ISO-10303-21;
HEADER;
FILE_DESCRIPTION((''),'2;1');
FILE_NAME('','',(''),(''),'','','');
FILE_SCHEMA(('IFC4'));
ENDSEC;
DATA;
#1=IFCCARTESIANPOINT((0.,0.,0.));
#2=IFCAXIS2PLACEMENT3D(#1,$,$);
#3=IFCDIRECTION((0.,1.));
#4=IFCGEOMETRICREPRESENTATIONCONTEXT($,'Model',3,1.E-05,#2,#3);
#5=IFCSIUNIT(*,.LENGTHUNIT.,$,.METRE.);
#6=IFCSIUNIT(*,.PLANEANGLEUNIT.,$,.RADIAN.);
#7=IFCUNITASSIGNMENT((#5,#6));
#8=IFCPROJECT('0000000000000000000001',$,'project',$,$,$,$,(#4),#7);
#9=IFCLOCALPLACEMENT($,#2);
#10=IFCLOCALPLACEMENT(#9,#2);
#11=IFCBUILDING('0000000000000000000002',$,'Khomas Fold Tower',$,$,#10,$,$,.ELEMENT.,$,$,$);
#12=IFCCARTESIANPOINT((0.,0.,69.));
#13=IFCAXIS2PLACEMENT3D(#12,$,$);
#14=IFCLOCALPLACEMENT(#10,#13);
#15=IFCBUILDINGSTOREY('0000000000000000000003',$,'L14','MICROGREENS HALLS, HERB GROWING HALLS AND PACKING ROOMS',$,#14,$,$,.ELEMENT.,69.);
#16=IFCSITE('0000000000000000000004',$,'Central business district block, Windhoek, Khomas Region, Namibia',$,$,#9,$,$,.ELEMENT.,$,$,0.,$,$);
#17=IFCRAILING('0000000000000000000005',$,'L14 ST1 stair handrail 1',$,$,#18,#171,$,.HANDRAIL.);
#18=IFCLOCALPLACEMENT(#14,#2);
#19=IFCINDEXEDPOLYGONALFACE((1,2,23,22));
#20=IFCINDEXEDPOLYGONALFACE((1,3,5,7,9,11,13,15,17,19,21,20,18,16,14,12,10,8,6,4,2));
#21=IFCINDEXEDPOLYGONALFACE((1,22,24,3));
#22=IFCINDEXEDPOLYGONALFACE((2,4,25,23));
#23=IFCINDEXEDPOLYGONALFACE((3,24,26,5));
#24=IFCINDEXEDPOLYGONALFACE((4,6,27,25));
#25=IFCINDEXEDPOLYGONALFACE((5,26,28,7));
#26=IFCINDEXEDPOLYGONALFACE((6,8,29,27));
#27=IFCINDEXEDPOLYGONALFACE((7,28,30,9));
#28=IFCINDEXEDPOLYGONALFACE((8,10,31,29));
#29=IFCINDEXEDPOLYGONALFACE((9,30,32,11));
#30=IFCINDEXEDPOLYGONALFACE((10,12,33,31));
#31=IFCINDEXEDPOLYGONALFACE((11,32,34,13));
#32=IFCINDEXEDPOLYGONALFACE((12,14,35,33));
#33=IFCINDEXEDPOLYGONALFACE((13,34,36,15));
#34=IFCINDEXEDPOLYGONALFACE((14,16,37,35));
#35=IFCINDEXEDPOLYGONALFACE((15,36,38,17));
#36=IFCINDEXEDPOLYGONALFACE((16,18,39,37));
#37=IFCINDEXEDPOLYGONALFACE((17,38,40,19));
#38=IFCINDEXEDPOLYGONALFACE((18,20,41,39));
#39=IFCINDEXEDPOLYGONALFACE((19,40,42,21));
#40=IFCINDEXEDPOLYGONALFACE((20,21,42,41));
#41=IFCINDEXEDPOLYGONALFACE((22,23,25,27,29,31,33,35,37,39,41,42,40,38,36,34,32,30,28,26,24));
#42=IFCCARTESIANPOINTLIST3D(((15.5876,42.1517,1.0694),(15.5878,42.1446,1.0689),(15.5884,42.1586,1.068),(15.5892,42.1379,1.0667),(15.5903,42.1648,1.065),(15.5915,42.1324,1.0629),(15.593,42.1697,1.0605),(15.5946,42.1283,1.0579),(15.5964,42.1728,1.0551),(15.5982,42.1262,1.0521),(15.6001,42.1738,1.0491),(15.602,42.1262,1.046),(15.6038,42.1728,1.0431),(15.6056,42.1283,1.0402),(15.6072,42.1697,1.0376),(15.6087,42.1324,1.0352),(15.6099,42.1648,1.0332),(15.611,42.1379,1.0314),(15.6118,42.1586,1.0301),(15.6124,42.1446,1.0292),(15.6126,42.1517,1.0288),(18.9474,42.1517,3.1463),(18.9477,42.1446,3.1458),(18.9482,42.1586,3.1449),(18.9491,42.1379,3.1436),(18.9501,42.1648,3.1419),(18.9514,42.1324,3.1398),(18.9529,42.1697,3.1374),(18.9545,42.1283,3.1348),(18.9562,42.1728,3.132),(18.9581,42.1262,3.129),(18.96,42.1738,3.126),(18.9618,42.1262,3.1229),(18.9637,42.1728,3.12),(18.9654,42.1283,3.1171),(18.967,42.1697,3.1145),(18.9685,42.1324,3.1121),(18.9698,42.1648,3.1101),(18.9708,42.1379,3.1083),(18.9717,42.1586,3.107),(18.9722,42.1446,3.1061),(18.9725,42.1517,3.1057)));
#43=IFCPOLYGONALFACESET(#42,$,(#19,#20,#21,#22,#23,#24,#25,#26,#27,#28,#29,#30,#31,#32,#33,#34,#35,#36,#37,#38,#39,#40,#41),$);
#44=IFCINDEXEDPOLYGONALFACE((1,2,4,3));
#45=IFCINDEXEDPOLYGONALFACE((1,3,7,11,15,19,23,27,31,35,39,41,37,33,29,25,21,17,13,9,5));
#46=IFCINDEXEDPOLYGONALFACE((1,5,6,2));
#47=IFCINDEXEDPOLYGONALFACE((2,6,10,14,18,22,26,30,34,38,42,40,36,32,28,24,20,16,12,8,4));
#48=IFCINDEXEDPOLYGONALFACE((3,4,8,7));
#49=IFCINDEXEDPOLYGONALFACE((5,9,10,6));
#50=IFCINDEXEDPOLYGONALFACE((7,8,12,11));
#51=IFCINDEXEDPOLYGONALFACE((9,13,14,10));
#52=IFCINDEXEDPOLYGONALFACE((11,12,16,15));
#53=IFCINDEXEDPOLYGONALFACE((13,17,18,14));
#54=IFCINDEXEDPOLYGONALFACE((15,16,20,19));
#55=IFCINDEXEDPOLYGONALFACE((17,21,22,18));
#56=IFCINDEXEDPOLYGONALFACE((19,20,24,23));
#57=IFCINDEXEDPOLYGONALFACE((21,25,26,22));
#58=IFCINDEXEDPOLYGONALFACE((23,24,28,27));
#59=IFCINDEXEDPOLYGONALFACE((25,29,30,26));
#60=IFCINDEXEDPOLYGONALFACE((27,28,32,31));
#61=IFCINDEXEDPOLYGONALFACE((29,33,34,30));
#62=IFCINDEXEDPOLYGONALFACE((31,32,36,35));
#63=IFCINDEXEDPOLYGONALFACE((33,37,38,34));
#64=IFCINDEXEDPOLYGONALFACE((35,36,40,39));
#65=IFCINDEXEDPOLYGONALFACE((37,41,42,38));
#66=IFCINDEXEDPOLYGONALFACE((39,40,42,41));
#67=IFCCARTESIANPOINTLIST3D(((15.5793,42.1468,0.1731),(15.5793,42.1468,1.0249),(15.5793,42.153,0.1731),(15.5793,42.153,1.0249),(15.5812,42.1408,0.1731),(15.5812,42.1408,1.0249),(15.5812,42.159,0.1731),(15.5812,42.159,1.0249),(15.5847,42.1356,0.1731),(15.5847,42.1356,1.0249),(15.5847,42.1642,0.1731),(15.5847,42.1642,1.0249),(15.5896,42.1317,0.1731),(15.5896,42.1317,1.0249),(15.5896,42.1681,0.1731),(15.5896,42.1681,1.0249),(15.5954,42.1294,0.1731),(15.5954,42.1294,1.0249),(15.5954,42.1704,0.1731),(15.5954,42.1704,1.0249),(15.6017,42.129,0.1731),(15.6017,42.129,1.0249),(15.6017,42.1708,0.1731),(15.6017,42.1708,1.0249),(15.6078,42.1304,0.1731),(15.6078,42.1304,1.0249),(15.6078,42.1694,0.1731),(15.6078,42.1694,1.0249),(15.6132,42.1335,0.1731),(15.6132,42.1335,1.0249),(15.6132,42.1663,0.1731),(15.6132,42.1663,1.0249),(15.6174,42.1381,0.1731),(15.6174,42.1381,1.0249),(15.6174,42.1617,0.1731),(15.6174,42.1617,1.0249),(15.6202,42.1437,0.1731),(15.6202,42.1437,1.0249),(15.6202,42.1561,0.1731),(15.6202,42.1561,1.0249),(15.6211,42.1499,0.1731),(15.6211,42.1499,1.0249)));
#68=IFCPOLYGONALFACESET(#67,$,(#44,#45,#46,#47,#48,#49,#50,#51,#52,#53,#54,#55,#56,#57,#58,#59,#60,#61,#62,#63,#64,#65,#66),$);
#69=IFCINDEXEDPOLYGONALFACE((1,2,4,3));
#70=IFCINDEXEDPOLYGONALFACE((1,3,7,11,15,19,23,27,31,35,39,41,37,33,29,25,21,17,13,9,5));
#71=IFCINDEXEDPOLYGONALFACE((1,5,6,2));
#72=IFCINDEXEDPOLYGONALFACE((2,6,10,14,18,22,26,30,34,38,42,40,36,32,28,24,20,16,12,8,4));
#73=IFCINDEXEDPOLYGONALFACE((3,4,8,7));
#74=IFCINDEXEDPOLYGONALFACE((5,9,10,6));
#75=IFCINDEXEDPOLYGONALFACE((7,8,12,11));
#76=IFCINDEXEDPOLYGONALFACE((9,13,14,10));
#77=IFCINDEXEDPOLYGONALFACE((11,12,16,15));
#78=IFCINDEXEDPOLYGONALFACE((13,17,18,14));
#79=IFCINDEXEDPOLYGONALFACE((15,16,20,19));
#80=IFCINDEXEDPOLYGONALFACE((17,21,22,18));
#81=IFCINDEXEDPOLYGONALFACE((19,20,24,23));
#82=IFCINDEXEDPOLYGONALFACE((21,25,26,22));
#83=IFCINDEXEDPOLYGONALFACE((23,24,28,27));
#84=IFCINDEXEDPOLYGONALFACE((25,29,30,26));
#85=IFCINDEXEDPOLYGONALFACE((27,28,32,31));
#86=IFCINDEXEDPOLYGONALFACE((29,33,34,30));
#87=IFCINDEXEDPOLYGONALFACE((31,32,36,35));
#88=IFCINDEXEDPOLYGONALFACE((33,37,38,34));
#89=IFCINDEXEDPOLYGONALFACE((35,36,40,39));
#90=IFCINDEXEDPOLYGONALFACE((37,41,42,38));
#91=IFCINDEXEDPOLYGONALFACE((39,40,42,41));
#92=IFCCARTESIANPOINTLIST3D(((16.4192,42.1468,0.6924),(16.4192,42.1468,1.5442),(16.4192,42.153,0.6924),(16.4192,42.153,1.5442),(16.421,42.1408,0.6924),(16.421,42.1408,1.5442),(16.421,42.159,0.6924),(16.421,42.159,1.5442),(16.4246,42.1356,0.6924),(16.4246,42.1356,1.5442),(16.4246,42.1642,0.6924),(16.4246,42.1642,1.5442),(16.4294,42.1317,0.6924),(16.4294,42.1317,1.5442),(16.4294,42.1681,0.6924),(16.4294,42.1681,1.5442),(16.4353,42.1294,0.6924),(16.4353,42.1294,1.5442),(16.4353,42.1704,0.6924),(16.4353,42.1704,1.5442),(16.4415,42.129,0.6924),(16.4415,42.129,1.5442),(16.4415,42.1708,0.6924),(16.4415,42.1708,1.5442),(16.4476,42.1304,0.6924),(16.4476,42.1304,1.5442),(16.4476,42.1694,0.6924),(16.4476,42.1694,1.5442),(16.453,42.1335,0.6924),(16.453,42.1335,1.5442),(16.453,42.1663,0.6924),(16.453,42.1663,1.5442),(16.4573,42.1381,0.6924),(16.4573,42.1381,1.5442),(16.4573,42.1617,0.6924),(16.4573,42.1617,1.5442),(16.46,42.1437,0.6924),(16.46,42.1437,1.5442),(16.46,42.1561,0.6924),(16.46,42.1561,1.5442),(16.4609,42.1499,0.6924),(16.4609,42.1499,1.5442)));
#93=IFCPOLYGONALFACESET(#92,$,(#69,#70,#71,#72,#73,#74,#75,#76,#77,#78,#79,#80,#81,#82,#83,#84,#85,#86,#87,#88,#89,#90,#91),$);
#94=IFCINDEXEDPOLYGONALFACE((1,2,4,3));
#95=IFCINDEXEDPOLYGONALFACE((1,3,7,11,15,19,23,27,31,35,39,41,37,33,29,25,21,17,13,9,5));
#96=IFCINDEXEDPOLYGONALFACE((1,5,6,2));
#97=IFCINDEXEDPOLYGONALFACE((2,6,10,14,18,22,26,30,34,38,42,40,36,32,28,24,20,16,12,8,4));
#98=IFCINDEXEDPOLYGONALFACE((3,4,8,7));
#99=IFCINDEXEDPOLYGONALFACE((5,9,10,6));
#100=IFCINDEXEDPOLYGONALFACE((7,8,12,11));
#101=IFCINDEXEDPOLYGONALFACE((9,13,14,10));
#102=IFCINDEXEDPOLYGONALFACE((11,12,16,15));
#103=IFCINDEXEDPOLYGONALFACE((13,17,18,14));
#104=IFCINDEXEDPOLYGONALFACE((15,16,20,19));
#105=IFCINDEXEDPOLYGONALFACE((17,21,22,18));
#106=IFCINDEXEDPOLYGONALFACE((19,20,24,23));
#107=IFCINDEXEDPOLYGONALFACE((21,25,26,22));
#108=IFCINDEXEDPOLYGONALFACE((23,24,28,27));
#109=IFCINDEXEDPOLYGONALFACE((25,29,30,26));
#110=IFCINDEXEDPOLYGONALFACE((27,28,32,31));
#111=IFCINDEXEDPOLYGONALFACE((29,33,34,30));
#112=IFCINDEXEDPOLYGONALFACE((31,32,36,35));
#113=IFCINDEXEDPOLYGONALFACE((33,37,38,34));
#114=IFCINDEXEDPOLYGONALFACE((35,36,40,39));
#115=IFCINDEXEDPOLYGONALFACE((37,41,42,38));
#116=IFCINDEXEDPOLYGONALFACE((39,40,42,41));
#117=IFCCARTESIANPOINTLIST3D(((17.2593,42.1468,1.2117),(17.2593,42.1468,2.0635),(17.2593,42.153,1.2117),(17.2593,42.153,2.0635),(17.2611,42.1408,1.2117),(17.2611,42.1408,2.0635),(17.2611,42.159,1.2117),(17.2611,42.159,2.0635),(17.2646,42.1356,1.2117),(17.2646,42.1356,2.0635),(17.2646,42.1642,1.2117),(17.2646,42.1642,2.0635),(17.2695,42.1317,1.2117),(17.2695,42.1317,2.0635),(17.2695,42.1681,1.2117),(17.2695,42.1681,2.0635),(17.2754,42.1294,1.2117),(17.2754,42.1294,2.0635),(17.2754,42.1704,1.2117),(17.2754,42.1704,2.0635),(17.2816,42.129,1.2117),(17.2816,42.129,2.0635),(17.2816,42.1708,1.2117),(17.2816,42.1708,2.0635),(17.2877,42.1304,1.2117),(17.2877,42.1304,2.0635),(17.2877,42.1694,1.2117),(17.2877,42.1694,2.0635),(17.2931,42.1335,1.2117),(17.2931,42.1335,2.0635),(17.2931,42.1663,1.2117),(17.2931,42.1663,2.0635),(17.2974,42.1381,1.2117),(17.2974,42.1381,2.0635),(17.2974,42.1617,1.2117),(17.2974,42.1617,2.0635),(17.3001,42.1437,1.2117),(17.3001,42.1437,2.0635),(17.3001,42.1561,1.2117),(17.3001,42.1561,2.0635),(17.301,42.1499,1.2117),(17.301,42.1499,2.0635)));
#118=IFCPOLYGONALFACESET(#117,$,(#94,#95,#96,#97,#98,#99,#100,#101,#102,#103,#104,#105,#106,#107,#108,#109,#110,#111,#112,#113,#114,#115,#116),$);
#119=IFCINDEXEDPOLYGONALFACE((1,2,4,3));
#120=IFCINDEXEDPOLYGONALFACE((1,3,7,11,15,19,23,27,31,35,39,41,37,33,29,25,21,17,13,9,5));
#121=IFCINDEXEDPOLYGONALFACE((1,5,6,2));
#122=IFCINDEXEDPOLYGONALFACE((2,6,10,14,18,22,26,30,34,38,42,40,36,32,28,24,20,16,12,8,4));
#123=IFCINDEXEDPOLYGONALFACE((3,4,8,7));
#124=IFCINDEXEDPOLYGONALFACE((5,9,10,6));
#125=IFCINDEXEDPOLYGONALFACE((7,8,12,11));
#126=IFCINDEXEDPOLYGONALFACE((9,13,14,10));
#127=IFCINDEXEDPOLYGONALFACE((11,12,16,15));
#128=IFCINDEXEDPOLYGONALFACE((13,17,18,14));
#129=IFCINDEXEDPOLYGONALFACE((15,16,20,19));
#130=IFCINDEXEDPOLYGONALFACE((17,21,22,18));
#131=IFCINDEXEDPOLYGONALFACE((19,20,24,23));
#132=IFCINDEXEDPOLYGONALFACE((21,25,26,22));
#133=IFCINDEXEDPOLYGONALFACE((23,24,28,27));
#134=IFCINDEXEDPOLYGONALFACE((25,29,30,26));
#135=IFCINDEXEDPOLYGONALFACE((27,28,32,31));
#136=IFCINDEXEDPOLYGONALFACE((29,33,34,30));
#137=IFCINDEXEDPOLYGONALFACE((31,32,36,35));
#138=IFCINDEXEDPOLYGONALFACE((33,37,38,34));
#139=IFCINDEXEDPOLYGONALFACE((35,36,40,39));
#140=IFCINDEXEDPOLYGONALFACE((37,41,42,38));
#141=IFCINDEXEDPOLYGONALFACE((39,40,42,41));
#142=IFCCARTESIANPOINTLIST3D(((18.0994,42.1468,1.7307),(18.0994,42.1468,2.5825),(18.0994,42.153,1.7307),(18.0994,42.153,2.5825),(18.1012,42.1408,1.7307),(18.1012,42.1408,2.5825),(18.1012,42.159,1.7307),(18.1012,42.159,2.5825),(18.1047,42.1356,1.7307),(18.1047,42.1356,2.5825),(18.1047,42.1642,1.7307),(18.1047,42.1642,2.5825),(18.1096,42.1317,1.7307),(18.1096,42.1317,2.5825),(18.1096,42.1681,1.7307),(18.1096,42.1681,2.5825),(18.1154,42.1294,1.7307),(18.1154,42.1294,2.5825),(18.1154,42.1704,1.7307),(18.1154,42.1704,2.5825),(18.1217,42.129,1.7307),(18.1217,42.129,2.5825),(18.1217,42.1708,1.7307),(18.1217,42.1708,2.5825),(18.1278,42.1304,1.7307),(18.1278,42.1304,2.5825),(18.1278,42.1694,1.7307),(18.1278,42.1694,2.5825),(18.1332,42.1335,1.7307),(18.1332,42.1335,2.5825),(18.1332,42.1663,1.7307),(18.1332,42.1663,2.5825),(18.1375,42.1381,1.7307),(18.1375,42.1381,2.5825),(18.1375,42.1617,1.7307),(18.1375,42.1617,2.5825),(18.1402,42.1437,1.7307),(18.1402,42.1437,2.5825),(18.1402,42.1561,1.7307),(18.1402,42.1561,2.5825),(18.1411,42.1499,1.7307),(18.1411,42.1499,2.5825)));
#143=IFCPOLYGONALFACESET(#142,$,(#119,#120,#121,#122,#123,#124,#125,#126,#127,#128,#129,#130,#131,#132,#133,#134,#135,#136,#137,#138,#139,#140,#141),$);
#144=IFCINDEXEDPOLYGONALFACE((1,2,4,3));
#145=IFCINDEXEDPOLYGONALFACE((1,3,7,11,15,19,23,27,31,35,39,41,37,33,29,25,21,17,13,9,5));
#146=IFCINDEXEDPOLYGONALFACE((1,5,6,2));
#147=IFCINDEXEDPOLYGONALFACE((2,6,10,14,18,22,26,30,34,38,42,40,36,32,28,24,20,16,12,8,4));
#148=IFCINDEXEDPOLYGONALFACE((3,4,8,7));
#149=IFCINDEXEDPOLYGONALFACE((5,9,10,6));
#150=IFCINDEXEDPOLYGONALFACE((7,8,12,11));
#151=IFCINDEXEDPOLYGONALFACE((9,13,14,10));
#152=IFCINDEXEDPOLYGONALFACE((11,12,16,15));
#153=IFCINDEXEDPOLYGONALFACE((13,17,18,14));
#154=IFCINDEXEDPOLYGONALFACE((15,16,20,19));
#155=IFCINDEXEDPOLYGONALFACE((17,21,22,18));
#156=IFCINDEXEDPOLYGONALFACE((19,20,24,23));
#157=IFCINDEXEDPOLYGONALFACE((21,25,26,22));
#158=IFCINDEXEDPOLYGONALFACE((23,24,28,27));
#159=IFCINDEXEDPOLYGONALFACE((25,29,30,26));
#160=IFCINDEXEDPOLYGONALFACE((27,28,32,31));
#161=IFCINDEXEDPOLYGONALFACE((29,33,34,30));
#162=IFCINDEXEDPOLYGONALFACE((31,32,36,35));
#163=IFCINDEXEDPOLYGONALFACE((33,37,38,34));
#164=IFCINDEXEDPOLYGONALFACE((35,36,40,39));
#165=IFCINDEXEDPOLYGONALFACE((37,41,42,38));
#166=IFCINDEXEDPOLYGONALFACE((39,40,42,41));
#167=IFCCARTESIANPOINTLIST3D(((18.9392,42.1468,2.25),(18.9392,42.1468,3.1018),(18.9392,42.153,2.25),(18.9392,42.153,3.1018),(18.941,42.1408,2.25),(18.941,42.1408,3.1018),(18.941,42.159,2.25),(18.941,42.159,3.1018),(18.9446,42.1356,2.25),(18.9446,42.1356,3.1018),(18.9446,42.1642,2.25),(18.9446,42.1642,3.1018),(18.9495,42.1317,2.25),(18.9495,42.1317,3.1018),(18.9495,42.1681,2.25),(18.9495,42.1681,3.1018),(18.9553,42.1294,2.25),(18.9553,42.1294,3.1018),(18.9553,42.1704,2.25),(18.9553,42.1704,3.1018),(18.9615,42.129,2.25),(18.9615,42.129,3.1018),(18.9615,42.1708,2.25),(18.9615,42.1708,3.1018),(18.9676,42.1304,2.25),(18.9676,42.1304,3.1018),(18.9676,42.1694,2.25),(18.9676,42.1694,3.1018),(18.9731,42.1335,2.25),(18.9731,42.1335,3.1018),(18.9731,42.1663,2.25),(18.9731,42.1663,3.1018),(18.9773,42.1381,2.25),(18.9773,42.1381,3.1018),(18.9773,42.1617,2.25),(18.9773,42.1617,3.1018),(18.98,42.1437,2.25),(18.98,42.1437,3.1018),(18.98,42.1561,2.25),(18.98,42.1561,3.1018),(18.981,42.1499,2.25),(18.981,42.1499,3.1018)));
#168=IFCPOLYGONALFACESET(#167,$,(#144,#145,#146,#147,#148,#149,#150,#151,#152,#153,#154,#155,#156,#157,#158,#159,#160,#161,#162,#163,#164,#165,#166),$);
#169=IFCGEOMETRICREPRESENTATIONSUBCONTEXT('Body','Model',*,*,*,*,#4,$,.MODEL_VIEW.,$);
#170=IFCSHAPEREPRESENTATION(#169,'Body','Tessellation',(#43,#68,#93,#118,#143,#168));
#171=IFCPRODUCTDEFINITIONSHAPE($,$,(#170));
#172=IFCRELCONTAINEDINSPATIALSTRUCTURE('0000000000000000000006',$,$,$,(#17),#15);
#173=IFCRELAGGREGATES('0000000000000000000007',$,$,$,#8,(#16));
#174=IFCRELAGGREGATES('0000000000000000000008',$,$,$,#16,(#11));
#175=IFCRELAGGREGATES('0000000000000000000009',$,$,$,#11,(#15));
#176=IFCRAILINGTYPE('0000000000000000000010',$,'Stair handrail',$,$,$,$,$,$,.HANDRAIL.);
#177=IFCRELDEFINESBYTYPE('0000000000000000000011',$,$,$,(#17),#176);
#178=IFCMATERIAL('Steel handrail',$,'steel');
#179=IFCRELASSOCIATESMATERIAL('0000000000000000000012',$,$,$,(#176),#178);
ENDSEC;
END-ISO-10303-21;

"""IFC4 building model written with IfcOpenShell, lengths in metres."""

from ifc_helpers import new_model, si_unit, direction, frame, origin, origin_2d, place, context, subcontext, project, spatial, circle, extrude, source, transform, mapped, material, type_object, element, save


model = new_model("IFC4")

# Units and contexts
model_context = context("Model", 3, precision=1e-05, world=origin(), true_north=direction((0.0, 1.0)))
body_context = subcontext(model_context, "Body", "Model", "MODEL_VIEW")
ifc_project = project(units=[si_unit("LENGTHUNIT", "METRE"), si_unit("PLANEANGLEUNIT", "RADIAN")], contexts=[model_context])

# Site, building, storey
site_placement = place(None, origin())
site = spatial("IfcSite", under=ifc_project, at=site_placement, Name="Central business district block, Windhoek, Khomas Region, Namibia", CompositionType="ELEMENT", RefElevation=0.0)
building_placement = place(site_placement, origin())
building = spatial("IfcBuilding", under=site, at=building_placement, Name="Khomas Fold Tower", CompositionType="ELEMENT")
storey_placement = place(building_placement, frame((0.0, 0.0, 69.0)))
storey = spatial("IfcBuildingStorey", under=building, at=storey_placement, Name="L14", Description="MICROGREENS HALLS, HERB GROWING HALLS AND PACKING ROOMS", CompositionType="ELEMENT", Elevation=69.0)

# Railing
ifc_material_1 = material(Name="Steel handrail", Category="steel")
railing_type = type_object("IfcRailingType", Name="Stair handrail", PredefinedType="HANDRAIL", material=ifc_material_1)
shared_shape_1 = source(origin(), body_context, "Body", "SweptSolid", [
    extrude(circle(Radius=0.0239, at=origin_2d()), frame((0.0, 0.0, 0.876), z_axis=(0.850606, 0.0, 0.525803), x_axis=(0.0, 1.0, 0.0)), (0.0, 0.0, 1.0), 3.95),
    extrude(circle(Radius=0.021, at=origin_2d()), origin(), (0.0, 0.0, 1.0), 0.8518),
    extrude(circle(Radius=0.021, at=origin_2d()), frame((0.8398, 0.0, 0.5193)), (0.0, 0.0, 1.0), 0.8518),
    extrude(circle(Radius=0.021, at=origin_2d()), frame((1.6799, 0.0, 1.0386)), (0.0, 0.0, 1.0), 0.8518),
    extrude(circle(Radius=0.021, at=origin_2d()), frame((2.52, 0.0, 1.5576)), (0.0, 0.0, 1.0), 0.8518),
    extrude(circle(Radius=0.021, at=origin_2d()), frame((3.3599, 0.0, 2.0769)), (0.0, 0.0, 1.0), 0.8518),
])
railing_placement = place(storey_placement, frame((15.6001, 42.1499, 0.1731)))
element("IfcRailing", 1, at=railing_placement, inside=storey, type_object=railing_type, Name="L14 ST1 stair handrail 1", PredefinedType="HANDRAIL", context=body_context, shape_type="MappedRepresentation", body=[
    mapped(shared_shape_1, transform((0.0, 0.0, 0.0))),
])

save(model, "model.ifc")
